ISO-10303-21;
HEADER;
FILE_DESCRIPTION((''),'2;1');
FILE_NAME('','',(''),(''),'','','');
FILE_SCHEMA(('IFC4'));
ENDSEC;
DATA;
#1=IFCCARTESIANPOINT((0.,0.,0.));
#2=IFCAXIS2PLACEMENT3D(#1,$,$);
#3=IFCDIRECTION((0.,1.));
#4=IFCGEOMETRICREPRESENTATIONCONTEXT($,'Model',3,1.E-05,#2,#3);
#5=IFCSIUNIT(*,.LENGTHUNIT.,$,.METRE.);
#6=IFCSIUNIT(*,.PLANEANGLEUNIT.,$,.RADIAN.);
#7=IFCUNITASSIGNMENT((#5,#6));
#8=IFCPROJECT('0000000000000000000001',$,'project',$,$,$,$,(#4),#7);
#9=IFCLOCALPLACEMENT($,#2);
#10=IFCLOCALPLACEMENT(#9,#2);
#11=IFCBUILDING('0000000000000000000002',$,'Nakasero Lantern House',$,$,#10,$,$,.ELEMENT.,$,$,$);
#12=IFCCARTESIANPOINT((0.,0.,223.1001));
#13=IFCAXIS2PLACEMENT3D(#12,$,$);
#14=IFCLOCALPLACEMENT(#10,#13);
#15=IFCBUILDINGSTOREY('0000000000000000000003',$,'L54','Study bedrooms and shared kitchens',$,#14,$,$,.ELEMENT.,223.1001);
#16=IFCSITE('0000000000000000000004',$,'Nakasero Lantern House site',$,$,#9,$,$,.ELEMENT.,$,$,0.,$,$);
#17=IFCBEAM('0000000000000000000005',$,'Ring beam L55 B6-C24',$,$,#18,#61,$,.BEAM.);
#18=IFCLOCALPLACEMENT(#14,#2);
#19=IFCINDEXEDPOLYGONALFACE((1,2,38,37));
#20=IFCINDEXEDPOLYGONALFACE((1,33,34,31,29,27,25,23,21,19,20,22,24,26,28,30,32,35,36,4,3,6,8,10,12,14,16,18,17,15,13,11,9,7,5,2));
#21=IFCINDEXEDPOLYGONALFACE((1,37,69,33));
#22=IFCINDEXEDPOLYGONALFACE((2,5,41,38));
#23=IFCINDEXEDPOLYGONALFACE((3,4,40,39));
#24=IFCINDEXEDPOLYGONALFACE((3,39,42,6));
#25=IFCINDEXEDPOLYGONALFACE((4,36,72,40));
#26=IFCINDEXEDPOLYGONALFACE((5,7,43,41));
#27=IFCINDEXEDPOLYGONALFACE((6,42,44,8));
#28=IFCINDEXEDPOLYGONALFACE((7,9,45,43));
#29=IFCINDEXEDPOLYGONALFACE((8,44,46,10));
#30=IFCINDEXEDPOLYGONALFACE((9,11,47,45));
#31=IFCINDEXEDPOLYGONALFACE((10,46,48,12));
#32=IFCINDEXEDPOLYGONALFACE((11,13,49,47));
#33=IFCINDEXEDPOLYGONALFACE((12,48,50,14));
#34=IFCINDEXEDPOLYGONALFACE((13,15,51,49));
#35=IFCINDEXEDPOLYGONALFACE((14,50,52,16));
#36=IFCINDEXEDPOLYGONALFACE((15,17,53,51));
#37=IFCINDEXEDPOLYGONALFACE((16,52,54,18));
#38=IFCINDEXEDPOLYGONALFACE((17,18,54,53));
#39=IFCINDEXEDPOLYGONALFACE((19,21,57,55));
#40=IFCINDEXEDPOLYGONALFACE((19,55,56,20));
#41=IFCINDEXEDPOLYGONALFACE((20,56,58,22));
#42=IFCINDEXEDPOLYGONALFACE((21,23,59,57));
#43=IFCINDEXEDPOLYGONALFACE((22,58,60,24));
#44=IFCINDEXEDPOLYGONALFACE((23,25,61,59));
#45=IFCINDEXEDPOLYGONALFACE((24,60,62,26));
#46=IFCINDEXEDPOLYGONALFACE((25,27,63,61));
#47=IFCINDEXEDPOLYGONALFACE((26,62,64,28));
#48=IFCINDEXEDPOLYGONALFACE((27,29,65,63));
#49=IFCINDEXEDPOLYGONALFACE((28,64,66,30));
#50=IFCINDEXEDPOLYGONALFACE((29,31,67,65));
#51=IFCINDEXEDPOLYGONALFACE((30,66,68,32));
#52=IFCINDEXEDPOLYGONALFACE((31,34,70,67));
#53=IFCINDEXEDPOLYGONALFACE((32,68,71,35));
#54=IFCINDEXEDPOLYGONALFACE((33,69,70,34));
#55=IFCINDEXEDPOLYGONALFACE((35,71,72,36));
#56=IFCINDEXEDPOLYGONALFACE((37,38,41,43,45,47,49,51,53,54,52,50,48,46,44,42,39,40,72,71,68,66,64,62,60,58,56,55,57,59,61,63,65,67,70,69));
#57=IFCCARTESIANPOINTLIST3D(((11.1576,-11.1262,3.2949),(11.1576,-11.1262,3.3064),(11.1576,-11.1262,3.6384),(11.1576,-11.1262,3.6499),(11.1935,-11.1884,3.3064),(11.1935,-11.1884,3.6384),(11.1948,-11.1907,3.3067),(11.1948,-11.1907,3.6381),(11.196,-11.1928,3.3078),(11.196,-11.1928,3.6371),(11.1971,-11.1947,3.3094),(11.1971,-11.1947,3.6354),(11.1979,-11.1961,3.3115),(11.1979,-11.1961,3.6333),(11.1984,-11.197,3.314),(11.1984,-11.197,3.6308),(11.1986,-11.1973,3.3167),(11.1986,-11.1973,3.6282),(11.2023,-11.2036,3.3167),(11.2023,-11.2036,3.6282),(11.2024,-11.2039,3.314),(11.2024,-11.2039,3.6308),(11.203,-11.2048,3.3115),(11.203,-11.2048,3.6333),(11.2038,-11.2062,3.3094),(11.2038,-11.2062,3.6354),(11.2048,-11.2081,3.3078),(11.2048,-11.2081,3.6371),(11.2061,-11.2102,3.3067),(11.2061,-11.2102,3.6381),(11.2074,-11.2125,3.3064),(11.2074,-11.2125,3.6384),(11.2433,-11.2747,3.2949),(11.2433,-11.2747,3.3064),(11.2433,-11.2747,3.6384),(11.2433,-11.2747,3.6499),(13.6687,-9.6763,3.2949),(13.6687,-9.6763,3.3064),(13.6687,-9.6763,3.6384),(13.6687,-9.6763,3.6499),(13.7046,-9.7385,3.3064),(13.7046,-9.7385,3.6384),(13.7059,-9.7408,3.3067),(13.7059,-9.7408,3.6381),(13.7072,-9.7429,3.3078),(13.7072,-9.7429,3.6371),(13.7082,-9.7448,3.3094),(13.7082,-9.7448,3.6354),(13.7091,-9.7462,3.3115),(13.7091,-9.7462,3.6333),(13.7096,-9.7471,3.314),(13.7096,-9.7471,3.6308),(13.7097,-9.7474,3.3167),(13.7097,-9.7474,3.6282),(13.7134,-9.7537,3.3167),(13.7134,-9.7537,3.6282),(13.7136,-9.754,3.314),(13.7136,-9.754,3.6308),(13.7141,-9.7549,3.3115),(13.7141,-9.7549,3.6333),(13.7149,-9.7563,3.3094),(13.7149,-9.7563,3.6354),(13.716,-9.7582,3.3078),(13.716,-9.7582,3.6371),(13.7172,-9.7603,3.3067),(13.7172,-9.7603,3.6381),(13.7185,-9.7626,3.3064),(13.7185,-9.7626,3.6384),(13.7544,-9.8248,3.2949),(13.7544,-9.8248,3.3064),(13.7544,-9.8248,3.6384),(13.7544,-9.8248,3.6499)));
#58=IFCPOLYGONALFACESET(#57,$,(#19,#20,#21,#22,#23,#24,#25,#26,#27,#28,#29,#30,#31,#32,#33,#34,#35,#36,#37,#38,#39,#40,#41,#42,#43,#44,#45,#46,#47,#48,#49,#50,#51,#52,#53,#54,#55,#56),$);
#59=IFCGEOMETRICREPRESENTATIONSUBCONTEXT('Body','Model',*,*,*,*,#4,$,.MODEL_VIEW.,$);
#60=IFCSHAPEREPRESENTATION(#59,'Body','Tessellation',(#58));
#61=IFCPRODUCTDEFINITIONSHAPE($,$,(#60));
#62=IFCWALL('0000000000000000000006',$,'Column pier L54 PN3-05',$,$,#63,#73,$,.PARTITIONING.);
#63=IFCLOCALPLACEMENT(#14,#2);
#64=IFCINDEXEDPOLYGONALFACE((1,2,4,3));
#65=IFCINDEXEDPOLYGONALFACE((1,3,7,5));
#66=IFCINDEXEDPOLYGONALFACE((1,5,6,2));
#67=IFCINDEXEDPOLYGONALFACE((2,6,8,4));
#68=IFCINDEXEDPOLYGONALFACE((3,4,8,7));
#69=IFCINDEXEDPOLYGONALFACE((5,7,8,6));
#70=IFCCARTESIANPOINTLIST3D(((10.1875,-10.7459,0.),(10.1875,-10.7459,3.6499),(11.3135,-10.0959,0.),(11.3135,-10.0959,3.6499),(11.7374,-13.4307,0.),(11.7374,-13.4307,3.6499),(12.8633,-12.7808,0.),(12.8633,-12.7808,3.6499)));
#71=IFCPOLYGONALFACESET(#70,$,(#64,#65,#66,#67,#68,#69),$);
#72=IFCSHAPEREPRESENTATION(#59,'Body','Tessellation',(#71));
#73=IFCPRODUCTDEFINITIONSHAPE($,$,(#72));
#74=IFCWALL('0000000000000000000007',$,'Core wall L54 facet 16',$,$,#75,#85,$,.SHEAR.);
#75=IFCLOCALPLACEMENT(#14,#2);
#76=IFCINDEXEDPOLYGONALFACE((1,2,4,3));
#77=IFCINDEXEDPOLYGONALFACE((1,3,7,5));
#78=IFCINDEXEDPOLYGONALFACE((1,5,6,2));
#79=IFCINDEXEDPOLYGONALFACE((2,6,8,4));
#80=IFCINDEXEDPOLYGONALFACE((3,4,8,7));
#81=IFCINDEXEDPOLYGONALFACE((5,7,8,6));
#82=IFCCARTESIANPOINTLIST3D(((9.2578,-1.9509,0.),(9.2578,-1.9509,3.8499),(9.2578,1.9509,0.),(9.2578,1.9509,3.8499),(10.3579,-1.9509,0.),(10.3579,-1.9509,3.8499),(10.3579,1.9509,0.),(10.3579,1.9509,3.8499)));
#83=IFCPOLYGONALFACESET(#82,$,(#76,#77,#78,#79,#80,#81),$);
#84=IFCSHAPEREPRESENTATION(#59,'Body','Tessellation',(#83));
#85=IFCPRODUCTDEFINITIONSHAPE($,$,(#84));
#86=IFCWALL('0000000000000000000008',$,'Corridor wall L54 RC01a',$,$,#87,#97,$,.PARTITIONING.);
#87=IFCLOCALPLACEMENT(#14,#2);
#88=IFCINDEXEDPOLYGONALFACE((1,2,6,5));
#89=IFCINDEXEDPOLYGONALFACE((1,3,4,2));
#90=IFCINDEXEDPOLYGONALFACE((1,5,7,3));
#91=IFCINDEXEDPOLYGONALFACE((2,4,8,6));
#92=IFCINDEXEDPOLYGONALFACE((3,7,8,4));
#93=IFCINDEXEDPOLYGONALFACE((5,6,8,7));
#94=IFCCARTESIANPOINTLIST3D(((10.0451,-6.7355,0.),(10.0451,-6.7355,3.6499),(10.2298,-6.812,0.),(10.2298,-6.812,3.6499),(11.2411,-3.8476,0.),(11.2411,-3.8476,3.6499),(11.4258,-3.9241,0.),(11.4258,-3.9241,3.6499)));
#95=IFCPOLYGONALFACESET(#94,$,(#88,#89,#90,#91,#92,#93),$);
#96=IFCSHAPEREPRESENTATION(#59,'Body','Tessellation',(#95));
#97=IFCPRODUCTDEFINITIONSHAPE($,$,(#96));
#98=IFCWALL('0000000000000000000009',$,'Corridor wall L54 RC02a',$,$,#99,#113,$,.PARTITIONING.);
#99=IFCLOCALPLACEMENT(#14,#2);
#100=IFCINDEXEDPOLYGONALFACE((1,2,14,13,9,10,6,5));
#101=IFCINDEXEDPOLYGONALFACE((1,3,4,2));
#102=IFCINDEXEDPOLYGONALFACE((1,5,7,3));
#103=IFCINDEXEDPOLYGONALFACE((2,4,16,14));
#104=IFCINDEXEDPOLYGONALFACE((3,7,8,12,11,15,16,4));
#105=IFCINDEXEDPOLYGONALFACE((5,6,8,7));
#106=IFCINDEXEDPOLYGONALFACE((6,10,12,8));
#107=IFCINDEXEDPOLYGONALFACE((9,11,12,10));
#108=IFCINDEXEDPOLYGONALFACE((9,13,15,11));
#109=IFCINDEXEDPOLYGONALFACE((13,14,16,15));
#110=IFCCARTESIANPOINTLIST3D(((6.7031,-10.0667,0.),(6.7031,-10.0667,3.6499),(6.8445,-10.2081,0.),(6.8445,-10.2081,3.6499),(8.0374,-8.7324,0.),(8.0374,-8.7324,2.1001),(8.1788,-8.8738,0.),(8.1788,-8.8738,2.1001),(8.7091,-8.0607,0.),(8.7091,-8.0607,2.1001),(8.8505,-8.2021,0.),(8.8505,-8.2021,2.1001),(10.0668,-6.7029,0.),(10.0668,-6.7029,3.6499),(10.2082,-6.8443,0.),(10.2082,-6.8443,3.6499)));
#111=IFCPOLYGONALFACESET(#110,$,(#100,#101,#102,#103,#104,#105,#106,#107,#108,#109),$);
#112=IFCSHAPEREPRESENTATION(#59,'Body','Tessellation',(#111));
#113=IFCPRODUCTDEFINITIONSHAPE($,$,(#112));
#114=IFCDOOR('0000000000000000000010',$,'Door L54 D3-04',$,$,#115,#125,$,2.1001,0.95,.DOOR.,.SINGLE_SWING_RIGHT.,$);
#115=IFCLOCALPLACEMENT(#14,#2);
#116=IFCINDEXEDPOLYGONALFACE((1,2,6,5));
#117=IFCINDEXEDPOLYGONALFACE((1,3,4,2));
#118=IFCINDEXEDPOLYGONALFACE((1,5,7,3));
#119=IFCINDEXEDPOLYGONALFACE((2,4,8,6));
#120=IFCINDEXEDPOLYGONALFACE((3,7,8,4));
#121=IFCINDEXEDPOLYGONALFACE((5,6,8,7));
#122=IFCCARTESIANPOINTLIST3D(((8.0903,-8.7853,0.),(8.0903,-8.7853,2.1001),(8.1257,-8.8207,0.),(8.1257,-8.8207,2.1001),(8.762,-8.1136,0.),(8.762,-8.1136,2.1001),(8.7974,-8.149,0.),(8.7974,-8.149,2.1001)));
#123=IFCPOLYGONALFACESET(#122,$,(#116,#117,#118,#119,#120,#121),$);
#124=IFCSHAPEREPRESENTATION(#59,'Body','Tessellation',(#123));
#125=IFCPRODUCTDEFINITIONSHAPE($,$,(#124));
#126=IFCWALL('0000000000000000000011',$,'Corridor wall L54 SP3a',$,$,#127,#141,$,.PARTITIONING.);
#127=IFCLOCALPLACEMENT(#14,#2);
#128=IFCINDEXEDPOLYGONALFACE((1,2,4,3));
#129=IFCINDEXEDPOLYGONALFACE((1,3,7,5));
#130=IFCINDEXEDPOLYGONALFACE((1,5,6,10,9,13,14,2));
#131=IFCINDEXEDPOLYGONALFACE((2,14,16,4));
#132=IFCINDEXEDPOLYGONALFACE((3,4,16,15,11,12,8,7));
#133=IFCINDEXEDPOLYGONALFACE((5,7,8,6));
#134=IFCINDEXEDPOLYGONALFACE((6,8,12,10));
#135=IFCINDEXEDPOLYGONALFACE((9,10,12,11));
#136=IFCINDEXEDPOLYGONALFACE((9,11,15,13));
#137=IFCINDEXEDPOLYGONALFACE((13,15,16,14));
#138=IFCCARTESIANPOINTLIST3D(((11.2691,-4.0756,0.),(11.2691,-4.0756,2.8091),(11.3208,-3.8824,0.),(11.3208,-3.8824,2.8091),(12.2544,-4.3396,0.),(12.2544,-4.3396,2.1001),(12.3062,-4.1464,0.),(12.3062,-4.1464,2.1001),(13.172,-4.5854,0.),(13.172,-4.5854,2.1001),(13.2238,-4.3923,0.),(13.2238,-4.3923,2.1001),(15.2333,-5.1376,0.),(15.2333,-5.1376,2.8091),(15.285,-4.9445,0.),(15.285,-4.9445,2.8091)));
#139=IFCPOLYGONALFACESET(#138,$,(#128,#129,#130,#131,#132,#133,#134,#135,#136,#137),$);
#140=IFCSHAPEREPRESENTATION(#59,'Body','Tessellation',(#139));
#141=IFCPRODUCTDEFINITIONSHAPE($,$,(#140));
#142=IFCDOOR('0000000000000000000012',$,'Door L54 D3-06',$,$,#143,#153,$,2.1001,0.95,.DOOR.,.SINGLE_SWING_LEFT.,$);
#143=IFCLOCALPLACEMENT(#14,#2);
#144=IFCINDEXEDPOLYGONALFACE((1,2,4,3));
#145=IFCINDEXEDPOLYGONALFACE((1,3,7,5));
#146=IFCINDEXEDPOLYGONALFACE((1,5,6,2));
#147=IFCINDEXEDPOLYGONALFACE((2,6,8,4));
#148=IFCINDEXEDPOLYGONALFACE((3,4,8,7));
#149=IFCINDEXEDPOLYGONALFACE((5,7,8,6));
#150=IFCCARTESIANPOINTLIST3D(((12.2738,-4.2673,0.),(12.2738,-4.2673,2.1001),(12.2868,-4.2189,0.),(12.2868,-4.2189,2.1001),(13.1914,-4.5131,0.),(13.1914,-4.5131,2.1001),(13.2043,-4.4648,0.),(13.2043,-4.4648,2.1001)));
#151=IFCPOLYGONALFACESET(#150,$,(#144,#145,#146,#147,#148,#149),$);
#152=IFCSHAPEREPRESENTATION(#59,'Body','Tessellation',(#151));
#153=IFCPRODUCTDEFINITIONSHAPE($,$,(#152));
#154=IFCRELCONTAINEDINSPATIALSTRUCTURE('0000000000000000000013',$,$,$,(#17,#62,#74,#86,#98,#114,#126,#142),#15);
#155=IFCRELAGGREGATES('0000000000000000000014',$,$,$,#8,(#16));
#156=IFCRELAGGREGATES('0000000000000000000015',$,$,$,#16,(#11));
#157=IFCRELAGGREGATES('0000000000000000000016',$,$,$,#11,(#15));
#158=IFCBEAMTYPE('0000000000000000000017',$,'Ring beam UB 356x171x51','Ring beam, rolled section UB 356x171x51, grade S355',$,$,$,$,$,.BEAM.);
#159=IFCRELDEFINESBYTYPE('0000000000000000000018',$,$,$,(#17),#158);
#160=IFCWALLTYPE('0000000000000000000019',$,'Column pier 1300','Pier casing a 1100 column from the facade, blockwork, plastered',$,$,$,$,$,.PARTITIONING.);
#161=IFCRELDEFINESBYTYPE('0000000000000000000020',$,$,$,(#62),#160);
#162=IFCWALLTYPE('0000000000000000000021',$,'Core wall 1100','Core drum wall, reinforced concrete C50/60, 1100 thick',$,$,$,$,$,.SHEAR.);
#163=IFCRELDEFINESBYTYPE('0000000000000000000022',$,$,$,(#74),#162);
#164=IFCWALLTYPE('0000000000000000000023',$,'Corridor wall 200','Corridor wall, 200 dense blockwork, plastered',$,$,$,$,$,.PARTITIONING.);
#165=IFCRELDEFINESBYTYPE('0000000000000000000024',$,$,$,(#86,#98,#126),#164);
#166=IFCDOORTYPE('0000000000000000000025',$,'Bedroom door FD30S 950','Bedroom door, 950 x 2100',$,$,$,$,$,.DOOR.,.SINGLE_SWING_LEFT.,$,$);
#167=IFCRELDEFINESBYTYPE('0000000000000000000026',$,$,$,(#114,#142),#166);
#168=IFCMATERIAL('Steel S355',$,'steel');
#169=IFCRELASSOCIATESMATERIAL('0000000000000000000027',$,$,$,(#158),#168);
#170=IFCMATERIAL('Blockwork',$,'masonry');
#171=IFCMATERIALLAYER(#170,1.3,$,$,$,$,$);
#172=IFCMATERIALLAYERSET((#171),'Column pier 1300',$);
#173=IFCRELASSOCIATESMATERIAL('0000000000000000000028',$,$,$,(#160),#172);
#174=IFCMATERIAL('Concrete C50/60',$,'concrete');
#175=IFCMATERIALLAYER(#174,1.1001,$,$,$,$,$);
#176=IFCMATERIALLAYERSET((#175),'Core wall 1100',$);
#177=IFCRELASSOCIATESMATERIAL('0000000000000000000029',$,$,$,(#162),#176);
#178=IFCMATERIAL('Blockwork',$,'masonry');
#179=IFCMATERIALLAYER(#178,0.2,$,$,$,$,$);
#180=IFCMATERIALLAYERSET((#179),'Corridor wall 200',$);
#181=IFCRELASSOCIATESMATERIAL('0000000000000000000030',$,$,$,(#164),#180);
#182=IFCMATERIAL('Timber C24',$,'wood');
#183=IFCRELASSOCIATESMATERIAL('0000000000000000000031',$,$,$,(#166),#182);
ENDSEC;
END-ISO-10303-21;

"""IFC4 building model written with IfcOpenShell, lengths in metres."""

from ifc_helpers import new_model, si_unit, direction, frame, frame_2d, origin, origin_2d, place, context, subcontext, project, spatial, rectangle, i_section, extrude, material, layer, layer_set, material_profile, profile_set, type_object, element, fill, save


model = new_model("IFC4")

# Units and contexts
model_context = context("Model", 3, precision=1e-05, world=origin(), true_north=direction((0.0, 1.0)))
body_context = subcontext(model_context, "Body", "Model", "MODEL_VIEW")
ifc_project = project(units=[si_unit("LENGTHUNIT", "METRE"), si_unit("PLANEANGLEUNIT", "RADIAN")], contexts=[model_context])

# Site, building, storey
site_placement = place(None, origin())
site = spatial("IfcSite", under=ifc_project, at=site_placement, Name="Nakasero Lantern House site", CompositionType="ELEMENT", RefElevation=0.0)
building_placement = place(site_placement, origin())
building = spatial("IfcBuilding", under=site, at=building_placement, Name="Nakasero Lantern House", CompositionType="ELEMENT")
storey_placement = place(building_placement, frame((0.0, 0.0, 223.1001)))
storey = spatial("IfcBuildingStorey", under=building, at=storey_placement, Name="L54", Description="Study bedrooms and shared kitchens", CompositionType="ELEMENT", Elevation=223.1001)

# Beam
ifc_material_1 = material(Name="Steel S355", Category="steel")
ifc_material_profile_1 = material_profile(ifc_material_1, i_section(OverallWidth=0.1714, OverallDepth=0.355, WebThickness=0.0073, FlangeThickness=0.0115, FilletRadius=0.0103, at=origin_2d()), Name="UB 356x171x51")
ifc_profile_set_1 = profile_set([ifc_material_profile_1], Name="Steel S355")
beam_type_1 = type_object("IfcBeamType", Name="Ring beam UB 356x171x51", Description="Ring beam, rolled section UB 356x171x51, grade S355", PredefinedType="BEAM", material=ifc_profile_set_1)
beam_1_placement = place(storey_placement, frame((11.2004, -11.2004, 3.4724), z_axis=(0.866012, 0.500024, 0.0), x_axis=(-0.500024, 0.866012, 0.0)))
element("IfcBeam", 1, at=beam_1_placement, inside=storey, type_object=beam_type_1, Name="Ring beam L55 B6-C24", PredefinedType="BEAM", context=body_context, shape_type="SweptSolid", body=[
    extrude(i_section(OverallWidth=0.1714, OverallDepth=0.355, WebThickness=0.0073, FlangeThickness=0.0115, FilletRadius=0.0103, at=origin_2d()), origin(), (0.0, 0.0, 1.0), 2.8997),
])

# Walls
ifc_material_2 = material(Name="Blockwork", Category="masonry")
ifc_layer_1 = layer(ifc_material_2, 1.3)
ifc_layer_set_1 = layer_set([ifc_layer_1], Name="Column pier 1300")
wall_type_1 = type_object("IfcWallType", Name="Column pier 1300", Description="Pier casing a 1100 column from the facade, blockwork, plastered", PredefinedType="PARTITIONING", material=ifc_layer_set_1)
wall_1_placement = place(storey_placement, frame((10.7505, -10.4209, 0.0), z_axis=(0.0, 0.0, 1.0), x_axis=(0.499934, -0.866064, 0.0)))
element("IfcWall", 2, at=wall_1_placement, inside=storey, type_object=wall_type_1, Name="Column pier L54 PN3-05", PredefinedType="PARTITIONING", context=body_context, shape_type="SweptSolid", body=[
    extrude(rectangle(XDim=3.1001, YDim=1.3, at=frame_2d((1.55, 0.0))), origin(), (0.0, 0.0, 1.0), 3.6499),
])
ifc_material_3 = material(Name="Concrete C50/60", Category="concrete")
ifc_layer_2 = layer(ifc_material_3, 1.1001)
ifc_layer_set_2 = layer_set([ifc_layer_2], Name="Core wall 1100")
wall_type_2 = type_object("IfcWallType", Name="Core wall 1100", Description="Core drum wall, reinforced concrete C50/60, 1100 thick", PredefinedType="SHEAR", material=ifc_layer_set_2)
wall_2_placement = place(storey_placement, frame((9.8079, -1.9509, 0.0), z_axis=(0.0, 0.0, 1.0), x_axis=(0.0, 1.0, 0.0)))
element("IfcWall", 3, at=wall_2_placement, inside=storey, type_object=wall_type_2, Name="Core wall L54 facet 16", PredefinedType="SHEAR", context=body_context, shape_type="SweptSolid", body=[
    extrude(rectangle(XDim=3.9019, YDim=1.1001, at=frame_2d((1.9509, 0.0))), origin(), (0.0, 0.0, 1.0), 3.8499),
])
ifc_material_4 = material(Name="Blockwork", Category="masonry")
ifc_layer_3 = layer(ifc_material_4, 0.2)
ifc_layer_set_3 = layer_set([ifc_layer_3], Name="Corridor wall 200")
wall_type_3 = type_object("IfcWallType", Name="Corridor wall 200", Description="Corridor wall, 200 dense blockwork, plastered", PredefinedType="PARTITIONING", material=ifc_layer_set_3)
wall_3_placement = place(storey_placement, frame((11.3335, -3.8857, 0.0), z_axis=(0.0, 0.0, 1.0), x_axis=(-0.382635, -0.9239, 0.0)))
element("IfcWall", 4, at=wall_3_placement, inside=storey, type_object=wall_type_3, Name="Corridor wall L54 RC01a", PredefinedType="PARTITIONING", context=body_context, shape_type="SweptSolid", body=[
    extrude(rectangle(XDim=3.1257, YDim=0.2, at=frame_2d((1.563, 0.0))), origin(), (0.0, 0.0, 1.0), 3.6499),
])

# Walls, openings, doors
wall_4_placement = place(storey_placement, frame((10.1375, -6.7737, 0.0), z_axis=(0.0, 0.0, 1.0), x_axis=(-0.707107, -0.707107, 0.0)))
wall_4 = element("IfcWall", 5, at=wall_4_placement, inside=storey, type_object=wall_type_3, Name="Corridor wall L54 RC02a", PredefinedType="PARTITIONING", context=body_context, shape_type="SweptSolid", body=[
    extrude(rectangle(XDim=4.7571, YDim=0.2, at=frame_2d((2.3784, 0.0))), origin(), (0.0, 0.0, 1.0), 3.6499),
])
opening_1_placement = place(wall_4_placement, frame((1.9199, 0.0, 0.0)))
opening_1 = element("IfcOpeningElement", 6, at=opening_1_placement, cuts=wall_4, PredefinedType="OPENING", context=body_context, shape_type="SweptSolid", body=[
    extrude(rectangle(XDim=0.95, YDim=2.1001, at=frame_2d((0.4751, 1.05))), frame((0.0, 0.1199, 0.0), z_axis=(0.0, -1.0, 0.0), x_axis=(1.0, 0.0, 0.0)), (0.0, 0.0, 1.0), 0.24),
])
ifc_material_5 = material(Name="Timber C24", Category="wood")
door_type_1 = type_object("IfcDoorType", Name="Bedroom door FD30S 950", Description="Bedroom door, 950 x 2100", OperationType="SINGLE_SWING_LEFT", PredefinedType="DOOR", material=ifc_material_5)
door_1_placement = place(opening_1_placement, origin())
door_1 = element("IfcDoor", 7, at=door_1_placement, inside=storey, type_object=door_type_1, Name="Door L54 D3-04", OperationType="SINGLE_SWING_RIGHT", OverallHeight=2.1001, OverallWidth=0.95, PredefinedType="DOOR", context=body_context, shape_type="SweptSolid", body=[
    extrude(rectangle(XDim=0.95, YDim=2.1001, at=frame_2d((0.4751, 1.05))), frame((0.0, 0.0249, 0.0), z_axis=(0.0, -1.0, 0.0), x_axis=(1.0, 0.0, 0.0)), (0.0, 0.0, 1.0), 0.05),
])
fill(opening_1, door_1)
wall_5_placement = place(storey_placement, frame((11.2949, -3.979, 0.0), z_axis=(0.0, 0.0, 1.0), x_axis=(0.965936, -0.258781, 0.0)))
wall_5 = element("IfcWall", 8, at=wall_5_placement, inside=storey, type_object=wall_type_3, Name="Corridor wall L54 SP3a", PredefinedType="PARTITIONING", context=body_context, shape_type="SweptSolid", body=[
    extrude(rectangle(XDim=4.104, YDim=0.2, at=frame_2d((2.052, 0.0))), origin(), (0.0, 0.0, 1.0), 2.8091),
])
opening_2_placement = place(wall_5_placement, frame((1.02, 0.0, 0.0)))
opening_2 = element("IfcOpeningElement", 9, at=opening_2_placement, cuts=wall_5, PredefinedType="OPENING", context=body_context, shape_type="SweptSolid", body=[
    extrude(rectangle(XDim=0.95, YDim=2.1001, at=frame_2d((0.4751, 1.05))), frame((0.0, 0.1199, 0.0), z_axis=(0.0, -1.0, 0.0), x_axis=(1.0, 0.0, 0.0)), (0.0, 0.0, 1.0), 0.24),
])
door_2_placement = place(opening_2_placement, origin())
door_2 = element("IfcDoor", 10, at=door_2_placement, inside=storey, type_object=door_type_1, Name="Door L54 D3-06", OperationType="SINGLE_SWING_LEFT", OverallHeight=2.1001, OverallWidth=0.95, PredefinedType="DOOR", context=body_context, shape_type="SweptSolid", body=[
    extrude(rectangle(XDim=0.95, YDim=2.1001, at=frame_2d((0.4751, 1.05))), frame((0.0, 0.0249, 0.0), z_axis=(0.0, -1.0, 0.0), x_axis=(1.0, 0.0, 0.0)), (0.0, 0.0, 1.0), 0.05),
])
fill(opening_2, door_2)

save(model, "model.ifc")
